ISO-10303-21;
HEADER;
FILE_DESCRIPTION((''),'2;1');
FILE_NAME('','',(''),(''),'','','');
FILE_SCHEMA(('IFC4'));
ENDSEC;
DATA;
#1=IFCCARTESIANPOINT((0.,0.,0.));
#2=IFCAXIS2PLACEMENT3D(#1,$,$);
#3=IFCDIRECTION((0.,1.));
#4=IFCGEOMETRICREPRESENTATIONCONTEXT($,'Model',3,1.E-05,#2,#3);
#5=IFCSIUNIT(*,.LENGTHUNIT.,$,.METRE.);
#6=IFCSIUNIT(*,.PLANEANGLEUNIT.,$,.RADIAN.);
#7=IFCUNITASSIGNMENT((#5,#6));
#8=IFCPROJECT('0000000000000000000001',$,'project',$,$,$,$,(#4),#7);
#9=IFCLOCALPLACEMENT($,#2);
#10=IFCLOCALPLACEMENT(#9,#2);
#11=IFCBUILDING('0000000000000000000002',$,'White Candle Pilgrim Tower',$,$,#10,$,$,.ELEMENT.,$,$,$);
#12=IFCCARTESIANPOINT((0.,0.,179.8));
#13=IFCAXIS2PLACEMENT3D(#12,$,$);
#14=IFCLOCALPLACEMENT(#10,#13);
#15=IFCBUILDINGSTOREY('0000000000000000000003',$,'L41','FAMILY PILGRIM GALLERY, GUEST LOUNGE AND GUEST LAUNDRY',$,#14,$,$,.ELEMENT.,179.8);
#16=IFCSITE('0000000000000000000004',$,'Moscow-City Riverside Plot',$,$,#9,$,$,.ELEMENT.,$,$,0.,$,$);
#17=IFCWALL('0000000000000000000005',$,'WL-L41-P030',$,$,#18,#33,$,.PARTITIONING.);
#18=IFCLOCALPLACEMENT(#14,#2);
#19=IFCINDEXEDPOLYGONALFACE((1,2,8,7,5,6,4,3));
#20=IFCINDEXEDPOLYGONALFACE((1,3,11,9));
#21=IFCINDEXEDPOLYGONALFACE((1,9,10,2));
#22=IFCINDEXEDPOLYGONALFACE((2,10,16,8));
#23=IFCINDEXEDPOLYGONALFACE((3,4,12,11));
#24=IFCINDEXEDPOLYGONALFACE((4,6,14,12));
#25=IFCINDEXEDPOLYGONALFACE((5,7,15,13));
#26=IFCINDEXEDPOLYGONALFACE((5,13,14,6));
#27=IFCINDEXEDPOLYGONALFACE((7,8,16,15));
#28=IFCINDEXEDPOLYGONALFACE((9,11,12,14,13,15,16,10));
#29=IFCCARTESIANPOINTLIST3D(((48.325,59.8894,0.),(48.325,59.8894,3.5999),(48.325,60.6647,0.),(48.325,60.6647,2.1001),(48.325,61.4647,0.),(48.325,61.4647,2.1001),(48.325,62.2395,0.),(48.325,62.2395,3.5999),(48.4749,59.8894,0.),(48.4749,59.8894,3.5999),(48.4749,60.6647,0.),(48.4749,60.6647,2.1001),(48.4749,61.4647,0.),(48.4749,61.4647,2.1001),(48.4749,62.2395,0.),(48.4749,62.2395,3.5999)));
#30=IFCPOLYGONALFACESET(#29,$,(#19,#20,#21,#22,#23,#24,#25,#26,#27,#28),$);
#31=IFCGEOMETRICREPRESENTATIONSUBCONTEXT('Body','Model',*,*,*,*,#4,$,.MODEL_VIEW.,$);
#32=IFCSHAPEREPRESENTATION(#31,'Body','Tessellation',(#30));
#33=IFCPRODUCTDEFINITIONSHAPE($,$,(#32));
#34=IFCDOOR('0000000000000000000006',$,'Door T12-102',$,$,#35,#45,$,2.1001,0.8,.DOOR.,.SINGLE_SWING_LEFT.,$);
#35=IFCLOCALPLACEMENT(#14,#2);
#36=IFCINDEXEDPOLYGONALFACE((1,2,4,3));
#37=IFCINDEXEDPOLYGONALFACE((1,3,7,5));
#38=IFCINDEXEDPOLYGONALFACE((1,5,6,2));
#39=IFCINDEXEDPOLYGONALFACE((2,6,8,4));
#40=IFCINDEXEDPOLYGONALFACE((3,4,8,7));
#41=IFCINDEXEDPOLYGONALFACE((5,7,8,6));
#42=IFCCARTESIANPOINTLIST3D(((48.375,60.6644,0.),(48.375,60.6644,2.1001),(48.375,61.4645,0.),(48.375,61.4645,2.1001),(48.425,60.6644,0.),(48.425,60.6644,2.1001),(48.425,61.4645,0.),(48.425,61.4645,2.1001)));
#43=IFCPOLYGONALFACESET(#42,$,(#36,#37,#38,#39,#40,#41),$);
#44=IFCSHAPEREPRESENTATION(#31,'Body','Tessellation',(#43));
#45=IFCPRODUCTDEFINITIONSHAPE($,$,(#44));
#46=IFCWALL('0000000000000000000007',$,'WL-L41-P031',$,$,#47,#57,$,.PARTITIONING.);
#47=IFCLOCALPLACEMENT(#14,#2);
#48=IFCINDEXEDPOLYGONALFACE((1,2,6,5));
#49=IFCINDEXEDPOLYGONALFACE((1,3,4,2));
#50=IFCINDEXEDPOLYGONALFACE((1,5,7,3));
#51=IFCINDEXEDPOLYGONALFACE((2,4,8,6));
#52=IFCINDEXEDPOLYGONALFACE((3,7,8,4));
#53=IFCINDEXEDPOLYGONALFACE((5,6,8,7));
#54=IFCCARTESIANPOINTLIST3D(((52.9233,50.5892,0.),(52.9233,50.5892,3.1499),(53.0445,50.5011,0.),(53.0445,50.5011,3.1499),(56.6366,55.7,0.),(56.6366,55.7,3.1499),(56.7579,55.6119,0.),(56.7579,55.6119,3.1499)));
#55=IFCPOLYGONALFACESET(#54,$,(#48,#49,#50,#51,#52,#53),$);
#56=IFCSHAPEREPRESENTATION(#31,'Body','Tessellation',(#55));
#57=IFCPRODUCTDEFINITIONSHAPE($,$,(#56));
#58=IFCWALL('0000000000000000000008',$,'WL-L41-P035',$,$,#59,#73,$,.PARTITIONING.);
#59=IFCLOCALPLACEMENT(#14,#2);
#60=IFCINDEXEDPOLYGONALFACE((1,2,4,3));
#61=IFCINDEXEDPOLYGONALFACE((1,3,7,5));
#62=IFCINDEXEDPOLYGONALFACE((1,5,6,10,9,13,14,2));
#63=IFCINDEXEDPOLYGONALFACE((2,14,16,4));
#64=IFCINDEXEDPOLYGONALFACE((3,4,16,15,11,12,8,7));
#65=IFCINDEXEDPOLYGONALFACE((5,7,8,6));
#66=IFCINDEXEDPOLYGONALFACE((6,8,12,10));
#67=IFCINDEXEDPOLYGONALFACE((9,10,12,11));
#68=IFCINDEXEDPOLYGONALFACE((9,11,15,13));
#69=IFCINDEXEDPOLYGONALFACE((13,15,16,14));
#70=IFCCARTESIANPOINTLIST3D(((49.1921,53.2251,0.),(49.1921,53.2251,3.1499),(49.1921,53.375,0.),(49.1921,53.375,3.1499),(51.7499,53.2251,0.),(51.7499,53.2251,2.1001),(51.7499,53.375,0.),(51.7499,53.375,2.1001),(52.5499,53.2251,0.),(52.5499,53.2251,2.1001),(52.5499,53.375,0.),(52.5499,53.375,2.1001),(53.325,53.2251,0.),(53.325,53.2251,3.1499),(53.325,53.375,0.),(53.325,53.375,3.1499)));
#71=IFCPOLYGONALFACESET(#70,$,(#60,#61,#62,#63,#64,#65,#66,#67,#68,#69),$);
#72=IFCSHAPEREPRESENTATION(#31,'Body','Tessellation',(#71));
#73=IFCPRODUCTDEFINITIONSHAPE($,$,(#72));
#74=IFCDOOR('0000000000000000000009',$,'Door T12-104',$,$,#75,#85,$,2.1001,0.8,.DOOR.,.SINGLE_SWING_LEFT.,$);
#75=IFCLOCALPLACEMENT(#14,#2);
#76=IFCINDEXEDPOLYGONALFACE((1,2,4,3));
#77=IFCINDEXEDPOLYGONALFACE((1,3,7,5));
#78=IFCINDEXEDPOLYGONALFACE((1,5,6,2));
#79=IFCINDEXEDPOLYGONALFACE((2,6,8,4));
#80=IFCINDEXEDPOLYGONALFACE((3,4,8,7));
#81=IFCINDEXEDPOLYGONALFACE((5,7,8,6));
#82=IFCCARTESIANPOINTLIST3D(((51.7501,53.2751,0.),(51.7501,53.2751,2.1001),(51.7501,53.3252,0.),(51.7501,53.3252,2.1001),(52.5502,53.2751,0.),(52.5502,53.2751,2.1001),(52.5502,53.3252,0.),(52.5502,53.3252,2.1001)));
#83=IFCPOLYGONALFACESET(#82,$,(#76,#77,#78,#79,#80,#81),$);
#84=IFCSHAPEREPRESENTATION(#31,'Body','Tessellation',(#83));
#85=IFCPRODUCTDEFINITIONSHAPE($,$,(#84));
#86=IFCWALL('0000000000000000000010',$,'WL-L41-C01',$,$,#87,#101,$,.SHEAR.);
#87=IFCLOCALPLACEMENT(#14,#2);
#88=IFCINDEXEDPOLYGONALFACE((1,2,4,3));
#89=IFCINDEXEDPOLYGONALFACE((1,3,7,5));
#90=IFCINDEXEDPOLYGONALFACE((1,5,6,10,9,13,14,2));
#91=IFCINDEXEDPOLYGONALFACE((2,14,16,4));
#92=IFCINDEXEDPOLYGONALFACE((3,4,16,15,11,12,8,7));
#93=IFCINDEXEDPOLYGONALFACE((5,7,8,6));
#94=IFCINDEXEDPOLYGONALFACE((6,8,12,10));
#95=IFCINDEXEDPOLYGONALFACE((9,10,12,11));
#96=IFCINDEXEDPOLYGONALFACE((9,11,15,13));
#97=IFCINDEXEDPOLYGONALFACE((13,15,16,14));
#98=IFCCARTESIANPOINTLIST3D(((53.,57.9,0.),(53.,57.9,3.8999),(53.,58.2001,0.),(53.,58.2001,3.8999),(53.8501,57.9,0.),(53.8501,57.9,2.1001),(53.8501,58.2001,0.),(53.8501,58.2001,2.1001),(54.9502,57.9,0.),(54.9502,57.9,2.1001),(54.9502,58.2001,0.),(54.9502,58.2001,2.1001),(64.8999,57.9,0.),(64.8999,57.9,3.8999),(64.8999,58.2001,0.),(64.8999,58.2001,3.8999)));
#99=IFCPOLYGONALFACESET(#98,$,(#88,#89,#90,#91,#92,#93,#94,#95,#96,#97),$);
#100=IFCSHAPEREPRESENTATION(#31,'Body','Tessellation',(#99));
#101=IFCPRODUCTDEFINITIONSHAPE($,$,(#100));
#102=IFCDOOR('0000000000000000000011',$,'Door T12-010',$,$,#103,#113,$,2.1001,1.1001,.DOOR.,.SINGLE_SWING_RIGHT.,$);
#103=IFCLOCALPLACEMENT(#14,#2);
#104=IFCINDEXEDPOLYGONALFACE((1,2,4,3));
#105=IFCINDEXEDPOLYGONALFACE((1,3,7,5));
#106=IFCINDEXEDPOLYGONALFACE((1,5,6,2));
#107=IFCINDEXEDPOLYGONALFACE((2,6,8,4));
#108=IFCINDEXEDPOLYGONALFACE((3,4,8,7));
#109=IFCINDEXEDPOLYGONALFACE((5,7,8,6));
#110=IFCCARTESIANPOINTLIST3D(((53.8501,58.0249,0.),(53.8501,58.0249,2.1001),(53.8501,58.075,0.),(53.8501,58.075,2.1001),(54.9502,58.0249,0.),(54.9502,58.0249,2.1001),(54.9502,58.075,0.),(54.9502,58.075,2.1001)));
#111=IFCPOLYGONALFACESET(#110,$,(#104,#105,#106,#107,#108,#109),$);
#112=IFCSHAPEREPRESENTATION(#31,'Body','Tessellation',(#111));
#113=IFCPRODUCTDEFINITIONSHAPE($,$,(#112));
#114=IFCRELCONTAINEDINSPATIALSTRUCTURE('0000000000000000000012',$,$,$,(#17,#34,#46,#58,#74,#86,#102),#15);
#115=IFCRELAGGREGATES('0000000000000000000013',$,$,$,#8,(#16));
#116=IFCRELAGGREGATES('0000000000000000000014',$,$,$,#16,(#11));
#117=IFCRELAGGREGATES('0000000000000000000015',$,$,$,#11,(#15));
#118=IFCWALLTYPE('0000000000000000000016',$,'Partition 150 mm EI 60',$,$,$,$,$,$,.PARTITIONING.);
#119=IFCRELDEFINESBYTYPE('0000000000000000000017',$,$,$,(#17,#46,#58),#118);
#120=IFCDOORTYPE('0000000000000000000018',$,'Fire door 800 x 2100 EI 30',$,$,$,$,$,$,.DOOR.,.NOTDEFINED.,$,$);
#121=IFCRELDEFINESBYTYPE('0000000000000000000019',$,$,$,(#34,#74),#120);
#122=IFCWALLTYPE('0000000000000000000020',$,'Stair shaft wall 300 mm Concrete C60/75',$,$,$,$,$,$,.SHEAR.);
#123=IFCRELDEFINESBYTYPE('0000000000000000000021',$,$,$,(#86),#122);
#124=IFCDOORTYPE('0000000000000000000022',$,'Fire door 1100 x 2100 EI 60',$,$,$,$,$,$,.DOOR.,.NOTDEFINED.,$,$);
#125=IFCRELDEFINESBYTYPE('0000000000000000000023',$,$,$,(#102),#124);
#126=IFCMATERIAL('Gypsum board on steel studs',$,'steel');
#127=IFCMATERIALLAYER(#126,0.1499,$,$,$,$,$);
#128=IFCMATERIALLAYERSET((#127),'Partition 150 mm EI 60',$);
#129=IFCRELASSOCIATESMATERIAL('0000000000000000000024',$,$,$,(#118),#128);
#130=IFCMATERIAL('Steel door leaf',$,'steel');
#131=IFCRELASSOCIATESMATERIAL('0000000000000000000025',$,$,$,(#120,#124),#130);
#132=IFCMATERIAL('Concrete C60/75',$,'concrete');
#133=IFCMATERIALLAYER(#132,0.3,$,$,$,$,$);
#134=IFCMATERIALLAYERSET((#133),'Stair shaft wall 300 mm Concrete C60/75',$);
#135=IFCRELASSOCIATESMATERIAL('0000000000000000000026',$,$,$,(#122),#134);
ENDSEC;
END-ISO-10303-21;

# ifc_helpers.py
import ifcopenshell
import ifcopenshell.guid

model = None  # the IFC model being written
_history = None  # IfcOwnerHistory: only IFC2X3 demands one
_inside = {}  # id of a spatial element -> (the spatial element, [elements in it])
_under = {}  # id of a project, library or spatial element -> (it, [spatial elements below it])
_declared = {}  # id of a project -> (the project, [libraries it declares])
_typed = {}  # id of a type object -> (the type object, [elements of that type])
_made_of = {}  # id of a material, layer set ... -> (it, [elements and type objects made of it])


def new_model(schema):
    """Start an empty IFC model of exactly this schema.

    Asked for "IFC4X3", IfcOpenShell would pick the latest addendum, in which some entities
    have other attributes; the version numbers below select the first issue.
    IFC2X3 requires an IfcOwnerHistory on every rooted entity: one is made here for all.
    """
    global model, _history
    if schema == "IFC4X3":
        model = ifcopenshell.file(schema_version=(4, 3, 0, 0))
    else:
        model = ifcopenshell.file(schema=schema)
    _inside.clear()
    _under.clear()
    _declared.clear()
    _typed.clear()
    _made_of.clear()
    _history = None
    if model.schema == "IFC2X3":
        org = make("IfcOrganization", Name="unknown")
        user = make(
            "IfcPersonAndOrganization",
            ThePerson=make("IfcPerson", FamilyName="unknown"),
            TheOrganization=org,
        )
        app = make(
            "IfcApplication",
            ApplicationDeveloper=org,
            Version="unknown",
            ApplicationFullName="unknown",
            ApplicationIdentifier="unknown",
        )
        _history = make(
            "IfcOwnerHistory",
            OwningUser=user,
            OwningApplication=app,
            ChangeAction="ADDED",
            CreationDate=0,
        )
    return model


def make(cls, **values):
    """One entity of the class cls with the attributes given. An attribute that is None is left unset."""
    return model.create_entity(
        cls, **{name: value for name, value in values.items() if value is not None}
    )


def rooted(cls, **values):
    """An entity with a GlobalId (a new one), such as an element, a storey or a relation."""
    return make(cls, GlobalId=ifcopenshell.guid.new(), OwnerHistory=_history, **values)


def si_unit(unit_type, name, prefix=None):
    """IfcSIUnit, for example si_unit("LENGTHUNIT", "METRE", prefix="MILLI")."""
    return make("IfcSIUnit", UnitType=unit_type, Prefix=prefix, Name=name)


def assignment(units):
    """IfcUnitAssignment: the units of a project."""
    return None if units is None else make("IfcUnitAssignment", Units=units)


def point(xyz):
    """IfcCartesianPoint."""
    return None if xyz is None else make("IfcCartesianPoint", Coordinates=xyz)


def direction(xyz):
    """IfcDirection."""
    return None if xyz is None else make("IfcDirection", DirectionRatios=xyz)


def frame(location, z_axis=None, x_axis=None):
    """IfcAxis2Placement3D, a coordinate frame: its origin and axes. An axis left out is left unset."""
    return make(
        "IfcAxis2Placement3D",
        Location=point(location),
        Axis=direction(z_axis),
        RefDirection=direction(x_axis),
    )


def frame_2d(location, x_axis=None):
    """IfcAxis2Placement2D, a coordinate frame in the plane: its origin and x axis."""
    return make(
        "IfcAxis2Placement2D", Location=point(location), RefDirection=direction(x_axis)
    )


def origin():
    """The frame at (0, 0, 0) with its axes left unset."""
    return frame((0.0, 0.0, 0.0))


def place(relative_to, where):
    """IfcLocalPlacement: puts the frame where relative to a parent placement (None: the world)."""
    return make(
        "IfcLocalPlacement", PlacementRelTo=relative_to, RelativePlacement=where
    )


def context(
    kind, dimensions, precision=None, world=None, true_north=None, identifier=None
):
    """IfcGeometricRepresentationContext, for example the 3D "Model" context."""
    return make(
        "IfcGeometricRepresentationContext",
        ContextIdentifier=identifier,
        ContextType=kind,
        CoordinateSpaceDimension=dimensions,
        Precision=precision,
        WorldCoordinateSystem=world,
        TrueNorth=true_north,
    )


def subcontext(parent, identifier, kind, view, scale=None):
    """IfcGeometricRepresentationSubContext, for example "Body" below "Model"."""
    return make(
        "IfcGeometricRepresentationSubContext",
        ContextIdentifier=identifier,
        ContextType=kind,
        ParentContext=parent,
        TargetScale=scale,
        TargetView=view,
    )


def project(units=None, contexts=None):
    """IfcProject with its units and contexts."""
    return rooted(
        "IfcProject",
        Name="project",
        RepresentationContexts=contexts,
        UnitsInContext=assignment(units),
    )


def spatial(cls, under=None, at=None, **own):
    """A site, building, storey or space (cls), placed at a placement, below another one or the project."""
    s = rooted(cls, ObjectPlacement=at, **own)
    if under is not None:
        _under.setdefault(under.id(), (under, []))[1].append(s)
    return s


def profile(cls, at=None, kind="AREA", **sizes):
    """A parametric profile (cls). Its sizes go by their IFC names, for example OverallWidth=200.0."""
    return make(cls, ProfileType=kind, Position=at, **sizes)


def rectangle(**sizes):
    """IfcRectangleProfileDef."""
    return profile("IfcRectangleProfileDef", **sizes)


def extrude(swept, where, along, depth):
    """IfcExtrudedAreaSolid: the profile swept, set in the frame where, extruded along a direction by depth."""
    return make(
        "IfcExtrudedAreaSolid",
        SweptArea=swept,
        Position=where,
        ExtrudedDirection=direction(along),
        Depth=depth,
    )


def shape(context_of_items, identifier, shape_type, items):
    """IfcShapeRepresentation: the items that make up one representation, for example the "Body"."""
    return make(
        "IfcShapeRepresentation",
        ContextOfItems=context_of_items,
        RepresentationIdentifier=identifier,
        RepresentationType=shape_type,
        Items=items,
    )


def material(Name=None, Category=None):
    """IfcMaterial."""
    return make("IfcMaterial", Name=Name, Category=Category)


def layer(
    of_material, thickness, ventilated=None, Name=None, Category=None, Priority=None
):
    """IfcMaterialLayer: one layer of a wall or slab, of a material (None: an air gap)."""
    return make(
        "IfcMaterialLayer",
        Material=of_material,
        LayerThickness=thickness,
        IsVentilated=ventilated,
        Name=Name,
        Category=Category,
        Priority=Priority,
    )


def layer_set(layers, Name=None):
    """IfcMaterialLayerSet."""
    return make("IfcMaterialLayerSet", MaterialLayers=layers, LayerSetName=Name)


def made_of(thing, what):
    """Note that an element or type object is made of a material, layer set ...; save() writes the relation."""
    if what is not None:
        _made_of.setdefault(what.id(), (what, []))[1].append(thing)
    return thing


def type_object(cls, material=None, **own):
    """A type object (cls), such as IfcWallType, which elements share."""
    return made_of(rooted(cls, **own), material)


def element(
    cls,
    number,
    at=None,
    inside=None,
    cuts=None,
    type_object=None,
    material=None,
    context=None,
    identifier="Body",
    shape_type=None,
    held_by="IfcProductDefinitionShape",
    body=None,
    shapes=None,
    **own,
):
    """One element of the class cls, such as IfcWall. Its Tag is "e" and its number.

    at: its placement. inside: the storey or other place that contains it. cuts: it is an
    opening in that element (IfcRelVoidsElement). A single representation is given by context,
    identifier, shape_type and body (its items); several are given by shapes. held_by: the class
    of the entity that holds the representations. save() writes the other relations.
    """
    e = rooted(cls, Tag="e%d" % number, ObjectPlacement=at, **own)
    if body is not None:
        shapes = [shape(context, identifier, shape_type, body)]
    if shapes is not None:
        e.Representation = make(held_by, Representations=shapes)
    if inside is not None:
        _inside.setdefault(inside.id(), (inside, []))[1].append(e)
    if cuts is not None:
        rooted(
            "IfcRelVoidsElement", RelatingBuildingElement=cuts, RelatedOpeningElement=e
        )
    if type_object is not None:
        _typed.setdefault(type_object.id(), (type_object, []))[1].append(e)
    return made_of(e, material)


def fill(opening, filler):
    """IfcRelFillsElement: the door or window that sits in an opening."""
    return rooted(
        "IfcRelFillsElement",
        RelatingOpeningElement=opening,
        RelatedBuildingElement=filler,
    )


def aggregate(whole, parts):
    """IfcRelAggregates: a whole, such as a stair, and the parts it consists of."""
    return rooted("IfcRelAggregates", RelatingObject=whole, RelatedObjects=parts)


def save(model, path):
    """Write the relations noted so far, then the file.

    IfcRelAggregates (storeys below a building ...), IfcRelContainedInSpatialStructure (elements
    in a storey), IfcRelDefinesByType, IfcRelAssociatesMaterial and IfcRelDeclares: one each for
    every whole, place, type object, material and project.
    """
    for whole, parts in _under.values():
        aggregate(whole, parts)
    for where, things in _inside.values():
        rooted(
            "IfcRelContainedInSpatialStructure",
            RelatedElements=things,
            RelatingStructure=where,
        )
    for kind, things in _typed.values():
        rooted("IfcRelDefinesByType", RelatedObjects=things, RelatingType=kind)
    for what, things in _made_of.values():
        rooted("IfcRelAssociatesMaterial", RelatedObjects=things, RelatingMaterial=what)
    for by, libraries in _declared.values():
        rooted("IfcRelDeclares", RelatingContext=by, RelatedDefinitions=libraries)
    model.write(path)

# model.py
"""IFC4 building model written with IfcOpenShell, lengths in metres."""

from ifc_helpers import new_model, si_unit, direction, frame, frame_2d, origin, place, context, subcontext, project, spatial, rectangle, extrude, material, layer, layer_set, type_object, element, fill, save


model = new_model("IFC4")

# Units and contexts
model_context = context("Model", 3, precision=1e-05, world=origin(), true_north=direction((0.0, 1.0)))
body_context = subcontext(model_context, "Body", "Model", "MODEL_VIEW")
ifc_project = project(units=[si_unit("LENGTHUNIT", "METRE"), si_unit("PLANEANGLEUNIT", "RADIAN")], contexts=[model_context])

# Site, building, storey
site_placement = place(None, origin())
site = spatial("IfcSite", under=ifc_project, at=site_placement, Name="Moscow-City Riverside Plot", CompositionType="ELEMENT", RefElevation=0.0)
building_placement = place(site_placement, origin())
building = spatial("IfcBuilding", under=site, at=building_placement, Name="White Candle Pilgrim Tower", CompositionType="ELEMENT")
storey_placement = place(building_placement, frame((0.0, 0.0, 179.8)))
storey = spatial("IfcBuildingStorey", under=building, at=storey_placement, Name="L41", Description="FAMILY PILGRIM GALLERY, GUEST LOUNGE AND GUEST LAUNDRY", CompositionType="ELEMENT", Elevation=179.8)

# Shared definitions
ifc_material_1 = material(Name="Gypsum board on steel studs", Category="steel")
ifc_material_2 = material(Name="Steel door leaf", Category="steel")

# Shared definitions
ifc_layer_1 = layer(ifc_material_1, 0.1499)
ifc_layer_set_1 = layer_set([ifc_layer_1], Name="Partition 150 mm EI 60")
wall_type_1 = type_object("IfcWallType", Name="Partition 150 mm EI 60", PredefinedType="PARTITIONING", material=ifc_layer_set_1)

# Wall, opening, door
wall_1_placement = place(storey_placement, frame((48.3999, 62.2395, 0.0), z_axis=(0.0, 0.0, 1.0), x_axis=(0.0, -1.0, 0.0)))
wall_1 = element("IfcWall", 1, at=wall_1_placement, inside=storey, type_object=wall_type_1, Name="WL-L41-P030", PredefinedType="PARTITIONING", context=body_context, shape_type="SweptSolid", body=[
    extrude(rectangle(XDim=2.3501, YDim=0.1499, at=frame_2d((1.175, 0.0))), origin(), (0.0, 0.0, 1.0), 3.5999),
])
opening_1_placement = place(wall_1_placement, frame((0.7749, 0.0, 0.0)))
opening_1 = element("IfcOpeningElement", 2, at=opening_1_placement, cuts=wall_1, PredefinedType="OPENING", context=body_context, shape_type="SweptSolid", body=[
    extrude(rectangle(XDim=0.8, YDim=2.1001, at=frame_2d((0.3999, 1.05))), frame((0.0, 0.085, 0.0), z_axis=(0.0, -1.0, 0.0), x_axis=(1.0, 0.0, 0.0)), (0.0, 0.0, 1.0), 0.1699),
])
door_type_1 = type_object("IfcDoorType", Name="Fire door 800 x 2100 EI 30", OperationType="NOTDEFINED", PredefinedType="DOOR", material=ifc_material_2)
door_1_placement = place(opening_1_placement, frame((0.8, 0.0, 0.0), z_axis=(0.0, 0.0, 1.0), x_axis=(-1.0, 0.0, 0.0)))
door_1 = element("IfcDoor", 3, at=door_1_placement, inside=storey, type_object=door_type_1, Name="Door T12-102", OperationType="SINGLE_SWING_LEFT", OverallHeight=2.1001, OverallWidth=0.8, PredefinedType="DOOR", context=body_context, shape_type="SweptSolid", body=[
    extrude(rectangle(XDim=0.8, YDim=2.1001, at=frame_2d((0.3999, 1.05))), frame((0.0, 0.0249, 0.0), z_axis=(0.0, -1.0, 0.0), x_axis=(1.0, 0.0, 0.0)), (0.0, 0.0, 1.0), 0.05),
])
fill(opening_1, door_1)

# Wall
wall_2_placement = place(storey_placement, frame((52.9839, 50.5452, 0.0), z_axis=(0.0, 0.0, 1.0), x_axis=(0.587799, 0.809007, 0.0)))
element("IfcWall", 4, at=wall_2_placement, inside=storey, type_object=wall_type_1, Name="WL-L41-P031", PredefinedType="PARTITIONING", context=body_context, shape_type="SweptSolid", body=[
    extrude(rectangle(XDim=6.3174, YDim=0.1499, at=frame_2d((3.1587, 0.0))), origin(), (0.0, 0.0, 1.0), 3.1499),
])

# Walls, openings, doors
wall_3_placement = place(storey_placement, frame((49.1921, 53.3, 0.0), z_axis=(0.0, 0.0, 1.0), x_axis=(1.0, 0.0, 0.0)))
wall_3 = element("IfcWall", 5, at=wall_3_placement, inside=storey, type_object=wall_type_1, Name="WL-L41-P035", PredefinedType="PARTITIONING", context=body_context, shape_type="SweptSolid", body=[
    extrude(rectangle(XDim=4.1328, YDim=0.1499, at=frame_2d((2.0664, 0.0))), origin(), (0.0, 0.0, 1.0), 3.1499),
])
opening_2_placement = place(wall_3_placement, frame((2.5579, 0.0, 0.0)))
opening_2 = element("IfcOpeningElement", 6, at=opening_2_placement, cuts=wall_3, PredefinedType="OPENING", context=body_context, shape_type="SweptSolid", body=[
    extrude(rectangle(XDim=0.8, YDim=2.1001, at=frame_2d((0.3999, 1.05))), frame((0.0, 0.085, 0.0), z_axis=(0.0, -1.0, 0.0), x_axis=(1.0, 0.0, 0.0)), (0.0, 0.0, 1.0), 0.1699),
])
door_2_placement = place(opening_2_placement, frame((0.8, 0.0, 0.0), z_axis=(0.0, 0.0, 1.0), x_axis=(-1.0, 0.0, 0.0)))
door_2 = element("IfcDoor", 7, at=door_2_placement, inside=storey, type_object=door_type_1, Name="Door T12-104", OperationType="SINGLE_SWING_LEFT", OverallHeight=2.1001, OverallWidth=0.8, PredefinedType="DOOR", context=body_context, shape_type="SweptSolid", body=[
    extrude(rectangle(XDim=0.8, YDim=2.1001, at=frame_2d((0.3999, 1.05))), frame((0.0, 0.0249, 0.0), z_axis=(0.0, -1.0, 0.0), x_axis=(1.0, 0.0, 0.0)), (0.0, 0.0, 1.0), 0.05),
])
fill(opening_2, door_2)
ifc_material_3 = material(Name="Concrete C60/75", Category="concrete")
ifc_layer_2 = layer(ifc_material_3, 0.3)
ifc_layer_set_2 = layer_set([ifc_layer_2], Name="Stair shaft wall 300 mm Concrete C60/75")
wall_type_2 = type_object("IfcWallType", Name="Stair shaft wall 300 mm Concrete C60/75", PredefinedType="SHEAR", material=ifc_layer_set_2)
wall_4_placement = place(storey_placement, frame((53.0, 58.05, 0.0), z_axis=(0.0, 0.0, 1.0), x_axis=(1.0, 0.0, 0.0)))
wall_4 = element("IfcWall", 8, at=wall_4_placement, inside=storey, type_object=wall_type_2, Name="WL-L41-C01", PredefinedType="SHEAR", context=body_context, shape_type="SweptSolid", body=[
    extrude(rectangle(XDim=11.8999, YDim=0.3, at=frame_2d((5.95, 0.0))), origin(), (0.0, 0.0, 1.0), 3.8999),
])
opening_3_placement = place(wall_4_placement, frame((0.8501, 0.0, 0.0)))
opening_3 = element("IfcOpeningElement", 9, at=opening_3_placement, cuts=wall_4, PredefinedType="OPENING", context=body_context, shape_type="SweptSolid", body=[
    extrude(rectangle(XDim=1.1001, YDim=2.1001, at=frame_2d((0.55, 1.05))), frame((0.0, 0.1599, 0.0), z_axis=(0.0, -1.0, 0.0), x_axis=(1.0, 0.0, 0.0)), (0.0, 0.0, 1.0), 0.3201),
])
door_type_2 = type_object("IfcDoorType", Name="Fire door 1100 x 2100 EI 60", OperationType="NOTDEFINED", PredefinedType="DOOR", material=ifc_material_2)
door_3_placement = place(opening_3_placement, origin())
door_3 = element("IfcDoor", 10, at=door_3_placement, inside=storey, type_object=door_type_2, Name="Door T12-010", OperationType="SINGLE_SWING_RIGHT", OverallHeight=2.1001, OverallWidth=1.1001, PredefinedType="DOOR", context=body_context, shape_type="SweptSolid", body=[
    extrude(rectangle(XDim=1.1001, YDim=2.1001, at=frame_2d((0.55, 1.05))), frame((0.0, 0.0249, 0.0), z_axis=(0.0, -1.0, 0.0), x_axis=(1.0, 0.0, 0.0)), (0.0, 0.0, 1.0), 0.05),
])
fill(opening_3, door_3)

save(model, "model.ifc")
